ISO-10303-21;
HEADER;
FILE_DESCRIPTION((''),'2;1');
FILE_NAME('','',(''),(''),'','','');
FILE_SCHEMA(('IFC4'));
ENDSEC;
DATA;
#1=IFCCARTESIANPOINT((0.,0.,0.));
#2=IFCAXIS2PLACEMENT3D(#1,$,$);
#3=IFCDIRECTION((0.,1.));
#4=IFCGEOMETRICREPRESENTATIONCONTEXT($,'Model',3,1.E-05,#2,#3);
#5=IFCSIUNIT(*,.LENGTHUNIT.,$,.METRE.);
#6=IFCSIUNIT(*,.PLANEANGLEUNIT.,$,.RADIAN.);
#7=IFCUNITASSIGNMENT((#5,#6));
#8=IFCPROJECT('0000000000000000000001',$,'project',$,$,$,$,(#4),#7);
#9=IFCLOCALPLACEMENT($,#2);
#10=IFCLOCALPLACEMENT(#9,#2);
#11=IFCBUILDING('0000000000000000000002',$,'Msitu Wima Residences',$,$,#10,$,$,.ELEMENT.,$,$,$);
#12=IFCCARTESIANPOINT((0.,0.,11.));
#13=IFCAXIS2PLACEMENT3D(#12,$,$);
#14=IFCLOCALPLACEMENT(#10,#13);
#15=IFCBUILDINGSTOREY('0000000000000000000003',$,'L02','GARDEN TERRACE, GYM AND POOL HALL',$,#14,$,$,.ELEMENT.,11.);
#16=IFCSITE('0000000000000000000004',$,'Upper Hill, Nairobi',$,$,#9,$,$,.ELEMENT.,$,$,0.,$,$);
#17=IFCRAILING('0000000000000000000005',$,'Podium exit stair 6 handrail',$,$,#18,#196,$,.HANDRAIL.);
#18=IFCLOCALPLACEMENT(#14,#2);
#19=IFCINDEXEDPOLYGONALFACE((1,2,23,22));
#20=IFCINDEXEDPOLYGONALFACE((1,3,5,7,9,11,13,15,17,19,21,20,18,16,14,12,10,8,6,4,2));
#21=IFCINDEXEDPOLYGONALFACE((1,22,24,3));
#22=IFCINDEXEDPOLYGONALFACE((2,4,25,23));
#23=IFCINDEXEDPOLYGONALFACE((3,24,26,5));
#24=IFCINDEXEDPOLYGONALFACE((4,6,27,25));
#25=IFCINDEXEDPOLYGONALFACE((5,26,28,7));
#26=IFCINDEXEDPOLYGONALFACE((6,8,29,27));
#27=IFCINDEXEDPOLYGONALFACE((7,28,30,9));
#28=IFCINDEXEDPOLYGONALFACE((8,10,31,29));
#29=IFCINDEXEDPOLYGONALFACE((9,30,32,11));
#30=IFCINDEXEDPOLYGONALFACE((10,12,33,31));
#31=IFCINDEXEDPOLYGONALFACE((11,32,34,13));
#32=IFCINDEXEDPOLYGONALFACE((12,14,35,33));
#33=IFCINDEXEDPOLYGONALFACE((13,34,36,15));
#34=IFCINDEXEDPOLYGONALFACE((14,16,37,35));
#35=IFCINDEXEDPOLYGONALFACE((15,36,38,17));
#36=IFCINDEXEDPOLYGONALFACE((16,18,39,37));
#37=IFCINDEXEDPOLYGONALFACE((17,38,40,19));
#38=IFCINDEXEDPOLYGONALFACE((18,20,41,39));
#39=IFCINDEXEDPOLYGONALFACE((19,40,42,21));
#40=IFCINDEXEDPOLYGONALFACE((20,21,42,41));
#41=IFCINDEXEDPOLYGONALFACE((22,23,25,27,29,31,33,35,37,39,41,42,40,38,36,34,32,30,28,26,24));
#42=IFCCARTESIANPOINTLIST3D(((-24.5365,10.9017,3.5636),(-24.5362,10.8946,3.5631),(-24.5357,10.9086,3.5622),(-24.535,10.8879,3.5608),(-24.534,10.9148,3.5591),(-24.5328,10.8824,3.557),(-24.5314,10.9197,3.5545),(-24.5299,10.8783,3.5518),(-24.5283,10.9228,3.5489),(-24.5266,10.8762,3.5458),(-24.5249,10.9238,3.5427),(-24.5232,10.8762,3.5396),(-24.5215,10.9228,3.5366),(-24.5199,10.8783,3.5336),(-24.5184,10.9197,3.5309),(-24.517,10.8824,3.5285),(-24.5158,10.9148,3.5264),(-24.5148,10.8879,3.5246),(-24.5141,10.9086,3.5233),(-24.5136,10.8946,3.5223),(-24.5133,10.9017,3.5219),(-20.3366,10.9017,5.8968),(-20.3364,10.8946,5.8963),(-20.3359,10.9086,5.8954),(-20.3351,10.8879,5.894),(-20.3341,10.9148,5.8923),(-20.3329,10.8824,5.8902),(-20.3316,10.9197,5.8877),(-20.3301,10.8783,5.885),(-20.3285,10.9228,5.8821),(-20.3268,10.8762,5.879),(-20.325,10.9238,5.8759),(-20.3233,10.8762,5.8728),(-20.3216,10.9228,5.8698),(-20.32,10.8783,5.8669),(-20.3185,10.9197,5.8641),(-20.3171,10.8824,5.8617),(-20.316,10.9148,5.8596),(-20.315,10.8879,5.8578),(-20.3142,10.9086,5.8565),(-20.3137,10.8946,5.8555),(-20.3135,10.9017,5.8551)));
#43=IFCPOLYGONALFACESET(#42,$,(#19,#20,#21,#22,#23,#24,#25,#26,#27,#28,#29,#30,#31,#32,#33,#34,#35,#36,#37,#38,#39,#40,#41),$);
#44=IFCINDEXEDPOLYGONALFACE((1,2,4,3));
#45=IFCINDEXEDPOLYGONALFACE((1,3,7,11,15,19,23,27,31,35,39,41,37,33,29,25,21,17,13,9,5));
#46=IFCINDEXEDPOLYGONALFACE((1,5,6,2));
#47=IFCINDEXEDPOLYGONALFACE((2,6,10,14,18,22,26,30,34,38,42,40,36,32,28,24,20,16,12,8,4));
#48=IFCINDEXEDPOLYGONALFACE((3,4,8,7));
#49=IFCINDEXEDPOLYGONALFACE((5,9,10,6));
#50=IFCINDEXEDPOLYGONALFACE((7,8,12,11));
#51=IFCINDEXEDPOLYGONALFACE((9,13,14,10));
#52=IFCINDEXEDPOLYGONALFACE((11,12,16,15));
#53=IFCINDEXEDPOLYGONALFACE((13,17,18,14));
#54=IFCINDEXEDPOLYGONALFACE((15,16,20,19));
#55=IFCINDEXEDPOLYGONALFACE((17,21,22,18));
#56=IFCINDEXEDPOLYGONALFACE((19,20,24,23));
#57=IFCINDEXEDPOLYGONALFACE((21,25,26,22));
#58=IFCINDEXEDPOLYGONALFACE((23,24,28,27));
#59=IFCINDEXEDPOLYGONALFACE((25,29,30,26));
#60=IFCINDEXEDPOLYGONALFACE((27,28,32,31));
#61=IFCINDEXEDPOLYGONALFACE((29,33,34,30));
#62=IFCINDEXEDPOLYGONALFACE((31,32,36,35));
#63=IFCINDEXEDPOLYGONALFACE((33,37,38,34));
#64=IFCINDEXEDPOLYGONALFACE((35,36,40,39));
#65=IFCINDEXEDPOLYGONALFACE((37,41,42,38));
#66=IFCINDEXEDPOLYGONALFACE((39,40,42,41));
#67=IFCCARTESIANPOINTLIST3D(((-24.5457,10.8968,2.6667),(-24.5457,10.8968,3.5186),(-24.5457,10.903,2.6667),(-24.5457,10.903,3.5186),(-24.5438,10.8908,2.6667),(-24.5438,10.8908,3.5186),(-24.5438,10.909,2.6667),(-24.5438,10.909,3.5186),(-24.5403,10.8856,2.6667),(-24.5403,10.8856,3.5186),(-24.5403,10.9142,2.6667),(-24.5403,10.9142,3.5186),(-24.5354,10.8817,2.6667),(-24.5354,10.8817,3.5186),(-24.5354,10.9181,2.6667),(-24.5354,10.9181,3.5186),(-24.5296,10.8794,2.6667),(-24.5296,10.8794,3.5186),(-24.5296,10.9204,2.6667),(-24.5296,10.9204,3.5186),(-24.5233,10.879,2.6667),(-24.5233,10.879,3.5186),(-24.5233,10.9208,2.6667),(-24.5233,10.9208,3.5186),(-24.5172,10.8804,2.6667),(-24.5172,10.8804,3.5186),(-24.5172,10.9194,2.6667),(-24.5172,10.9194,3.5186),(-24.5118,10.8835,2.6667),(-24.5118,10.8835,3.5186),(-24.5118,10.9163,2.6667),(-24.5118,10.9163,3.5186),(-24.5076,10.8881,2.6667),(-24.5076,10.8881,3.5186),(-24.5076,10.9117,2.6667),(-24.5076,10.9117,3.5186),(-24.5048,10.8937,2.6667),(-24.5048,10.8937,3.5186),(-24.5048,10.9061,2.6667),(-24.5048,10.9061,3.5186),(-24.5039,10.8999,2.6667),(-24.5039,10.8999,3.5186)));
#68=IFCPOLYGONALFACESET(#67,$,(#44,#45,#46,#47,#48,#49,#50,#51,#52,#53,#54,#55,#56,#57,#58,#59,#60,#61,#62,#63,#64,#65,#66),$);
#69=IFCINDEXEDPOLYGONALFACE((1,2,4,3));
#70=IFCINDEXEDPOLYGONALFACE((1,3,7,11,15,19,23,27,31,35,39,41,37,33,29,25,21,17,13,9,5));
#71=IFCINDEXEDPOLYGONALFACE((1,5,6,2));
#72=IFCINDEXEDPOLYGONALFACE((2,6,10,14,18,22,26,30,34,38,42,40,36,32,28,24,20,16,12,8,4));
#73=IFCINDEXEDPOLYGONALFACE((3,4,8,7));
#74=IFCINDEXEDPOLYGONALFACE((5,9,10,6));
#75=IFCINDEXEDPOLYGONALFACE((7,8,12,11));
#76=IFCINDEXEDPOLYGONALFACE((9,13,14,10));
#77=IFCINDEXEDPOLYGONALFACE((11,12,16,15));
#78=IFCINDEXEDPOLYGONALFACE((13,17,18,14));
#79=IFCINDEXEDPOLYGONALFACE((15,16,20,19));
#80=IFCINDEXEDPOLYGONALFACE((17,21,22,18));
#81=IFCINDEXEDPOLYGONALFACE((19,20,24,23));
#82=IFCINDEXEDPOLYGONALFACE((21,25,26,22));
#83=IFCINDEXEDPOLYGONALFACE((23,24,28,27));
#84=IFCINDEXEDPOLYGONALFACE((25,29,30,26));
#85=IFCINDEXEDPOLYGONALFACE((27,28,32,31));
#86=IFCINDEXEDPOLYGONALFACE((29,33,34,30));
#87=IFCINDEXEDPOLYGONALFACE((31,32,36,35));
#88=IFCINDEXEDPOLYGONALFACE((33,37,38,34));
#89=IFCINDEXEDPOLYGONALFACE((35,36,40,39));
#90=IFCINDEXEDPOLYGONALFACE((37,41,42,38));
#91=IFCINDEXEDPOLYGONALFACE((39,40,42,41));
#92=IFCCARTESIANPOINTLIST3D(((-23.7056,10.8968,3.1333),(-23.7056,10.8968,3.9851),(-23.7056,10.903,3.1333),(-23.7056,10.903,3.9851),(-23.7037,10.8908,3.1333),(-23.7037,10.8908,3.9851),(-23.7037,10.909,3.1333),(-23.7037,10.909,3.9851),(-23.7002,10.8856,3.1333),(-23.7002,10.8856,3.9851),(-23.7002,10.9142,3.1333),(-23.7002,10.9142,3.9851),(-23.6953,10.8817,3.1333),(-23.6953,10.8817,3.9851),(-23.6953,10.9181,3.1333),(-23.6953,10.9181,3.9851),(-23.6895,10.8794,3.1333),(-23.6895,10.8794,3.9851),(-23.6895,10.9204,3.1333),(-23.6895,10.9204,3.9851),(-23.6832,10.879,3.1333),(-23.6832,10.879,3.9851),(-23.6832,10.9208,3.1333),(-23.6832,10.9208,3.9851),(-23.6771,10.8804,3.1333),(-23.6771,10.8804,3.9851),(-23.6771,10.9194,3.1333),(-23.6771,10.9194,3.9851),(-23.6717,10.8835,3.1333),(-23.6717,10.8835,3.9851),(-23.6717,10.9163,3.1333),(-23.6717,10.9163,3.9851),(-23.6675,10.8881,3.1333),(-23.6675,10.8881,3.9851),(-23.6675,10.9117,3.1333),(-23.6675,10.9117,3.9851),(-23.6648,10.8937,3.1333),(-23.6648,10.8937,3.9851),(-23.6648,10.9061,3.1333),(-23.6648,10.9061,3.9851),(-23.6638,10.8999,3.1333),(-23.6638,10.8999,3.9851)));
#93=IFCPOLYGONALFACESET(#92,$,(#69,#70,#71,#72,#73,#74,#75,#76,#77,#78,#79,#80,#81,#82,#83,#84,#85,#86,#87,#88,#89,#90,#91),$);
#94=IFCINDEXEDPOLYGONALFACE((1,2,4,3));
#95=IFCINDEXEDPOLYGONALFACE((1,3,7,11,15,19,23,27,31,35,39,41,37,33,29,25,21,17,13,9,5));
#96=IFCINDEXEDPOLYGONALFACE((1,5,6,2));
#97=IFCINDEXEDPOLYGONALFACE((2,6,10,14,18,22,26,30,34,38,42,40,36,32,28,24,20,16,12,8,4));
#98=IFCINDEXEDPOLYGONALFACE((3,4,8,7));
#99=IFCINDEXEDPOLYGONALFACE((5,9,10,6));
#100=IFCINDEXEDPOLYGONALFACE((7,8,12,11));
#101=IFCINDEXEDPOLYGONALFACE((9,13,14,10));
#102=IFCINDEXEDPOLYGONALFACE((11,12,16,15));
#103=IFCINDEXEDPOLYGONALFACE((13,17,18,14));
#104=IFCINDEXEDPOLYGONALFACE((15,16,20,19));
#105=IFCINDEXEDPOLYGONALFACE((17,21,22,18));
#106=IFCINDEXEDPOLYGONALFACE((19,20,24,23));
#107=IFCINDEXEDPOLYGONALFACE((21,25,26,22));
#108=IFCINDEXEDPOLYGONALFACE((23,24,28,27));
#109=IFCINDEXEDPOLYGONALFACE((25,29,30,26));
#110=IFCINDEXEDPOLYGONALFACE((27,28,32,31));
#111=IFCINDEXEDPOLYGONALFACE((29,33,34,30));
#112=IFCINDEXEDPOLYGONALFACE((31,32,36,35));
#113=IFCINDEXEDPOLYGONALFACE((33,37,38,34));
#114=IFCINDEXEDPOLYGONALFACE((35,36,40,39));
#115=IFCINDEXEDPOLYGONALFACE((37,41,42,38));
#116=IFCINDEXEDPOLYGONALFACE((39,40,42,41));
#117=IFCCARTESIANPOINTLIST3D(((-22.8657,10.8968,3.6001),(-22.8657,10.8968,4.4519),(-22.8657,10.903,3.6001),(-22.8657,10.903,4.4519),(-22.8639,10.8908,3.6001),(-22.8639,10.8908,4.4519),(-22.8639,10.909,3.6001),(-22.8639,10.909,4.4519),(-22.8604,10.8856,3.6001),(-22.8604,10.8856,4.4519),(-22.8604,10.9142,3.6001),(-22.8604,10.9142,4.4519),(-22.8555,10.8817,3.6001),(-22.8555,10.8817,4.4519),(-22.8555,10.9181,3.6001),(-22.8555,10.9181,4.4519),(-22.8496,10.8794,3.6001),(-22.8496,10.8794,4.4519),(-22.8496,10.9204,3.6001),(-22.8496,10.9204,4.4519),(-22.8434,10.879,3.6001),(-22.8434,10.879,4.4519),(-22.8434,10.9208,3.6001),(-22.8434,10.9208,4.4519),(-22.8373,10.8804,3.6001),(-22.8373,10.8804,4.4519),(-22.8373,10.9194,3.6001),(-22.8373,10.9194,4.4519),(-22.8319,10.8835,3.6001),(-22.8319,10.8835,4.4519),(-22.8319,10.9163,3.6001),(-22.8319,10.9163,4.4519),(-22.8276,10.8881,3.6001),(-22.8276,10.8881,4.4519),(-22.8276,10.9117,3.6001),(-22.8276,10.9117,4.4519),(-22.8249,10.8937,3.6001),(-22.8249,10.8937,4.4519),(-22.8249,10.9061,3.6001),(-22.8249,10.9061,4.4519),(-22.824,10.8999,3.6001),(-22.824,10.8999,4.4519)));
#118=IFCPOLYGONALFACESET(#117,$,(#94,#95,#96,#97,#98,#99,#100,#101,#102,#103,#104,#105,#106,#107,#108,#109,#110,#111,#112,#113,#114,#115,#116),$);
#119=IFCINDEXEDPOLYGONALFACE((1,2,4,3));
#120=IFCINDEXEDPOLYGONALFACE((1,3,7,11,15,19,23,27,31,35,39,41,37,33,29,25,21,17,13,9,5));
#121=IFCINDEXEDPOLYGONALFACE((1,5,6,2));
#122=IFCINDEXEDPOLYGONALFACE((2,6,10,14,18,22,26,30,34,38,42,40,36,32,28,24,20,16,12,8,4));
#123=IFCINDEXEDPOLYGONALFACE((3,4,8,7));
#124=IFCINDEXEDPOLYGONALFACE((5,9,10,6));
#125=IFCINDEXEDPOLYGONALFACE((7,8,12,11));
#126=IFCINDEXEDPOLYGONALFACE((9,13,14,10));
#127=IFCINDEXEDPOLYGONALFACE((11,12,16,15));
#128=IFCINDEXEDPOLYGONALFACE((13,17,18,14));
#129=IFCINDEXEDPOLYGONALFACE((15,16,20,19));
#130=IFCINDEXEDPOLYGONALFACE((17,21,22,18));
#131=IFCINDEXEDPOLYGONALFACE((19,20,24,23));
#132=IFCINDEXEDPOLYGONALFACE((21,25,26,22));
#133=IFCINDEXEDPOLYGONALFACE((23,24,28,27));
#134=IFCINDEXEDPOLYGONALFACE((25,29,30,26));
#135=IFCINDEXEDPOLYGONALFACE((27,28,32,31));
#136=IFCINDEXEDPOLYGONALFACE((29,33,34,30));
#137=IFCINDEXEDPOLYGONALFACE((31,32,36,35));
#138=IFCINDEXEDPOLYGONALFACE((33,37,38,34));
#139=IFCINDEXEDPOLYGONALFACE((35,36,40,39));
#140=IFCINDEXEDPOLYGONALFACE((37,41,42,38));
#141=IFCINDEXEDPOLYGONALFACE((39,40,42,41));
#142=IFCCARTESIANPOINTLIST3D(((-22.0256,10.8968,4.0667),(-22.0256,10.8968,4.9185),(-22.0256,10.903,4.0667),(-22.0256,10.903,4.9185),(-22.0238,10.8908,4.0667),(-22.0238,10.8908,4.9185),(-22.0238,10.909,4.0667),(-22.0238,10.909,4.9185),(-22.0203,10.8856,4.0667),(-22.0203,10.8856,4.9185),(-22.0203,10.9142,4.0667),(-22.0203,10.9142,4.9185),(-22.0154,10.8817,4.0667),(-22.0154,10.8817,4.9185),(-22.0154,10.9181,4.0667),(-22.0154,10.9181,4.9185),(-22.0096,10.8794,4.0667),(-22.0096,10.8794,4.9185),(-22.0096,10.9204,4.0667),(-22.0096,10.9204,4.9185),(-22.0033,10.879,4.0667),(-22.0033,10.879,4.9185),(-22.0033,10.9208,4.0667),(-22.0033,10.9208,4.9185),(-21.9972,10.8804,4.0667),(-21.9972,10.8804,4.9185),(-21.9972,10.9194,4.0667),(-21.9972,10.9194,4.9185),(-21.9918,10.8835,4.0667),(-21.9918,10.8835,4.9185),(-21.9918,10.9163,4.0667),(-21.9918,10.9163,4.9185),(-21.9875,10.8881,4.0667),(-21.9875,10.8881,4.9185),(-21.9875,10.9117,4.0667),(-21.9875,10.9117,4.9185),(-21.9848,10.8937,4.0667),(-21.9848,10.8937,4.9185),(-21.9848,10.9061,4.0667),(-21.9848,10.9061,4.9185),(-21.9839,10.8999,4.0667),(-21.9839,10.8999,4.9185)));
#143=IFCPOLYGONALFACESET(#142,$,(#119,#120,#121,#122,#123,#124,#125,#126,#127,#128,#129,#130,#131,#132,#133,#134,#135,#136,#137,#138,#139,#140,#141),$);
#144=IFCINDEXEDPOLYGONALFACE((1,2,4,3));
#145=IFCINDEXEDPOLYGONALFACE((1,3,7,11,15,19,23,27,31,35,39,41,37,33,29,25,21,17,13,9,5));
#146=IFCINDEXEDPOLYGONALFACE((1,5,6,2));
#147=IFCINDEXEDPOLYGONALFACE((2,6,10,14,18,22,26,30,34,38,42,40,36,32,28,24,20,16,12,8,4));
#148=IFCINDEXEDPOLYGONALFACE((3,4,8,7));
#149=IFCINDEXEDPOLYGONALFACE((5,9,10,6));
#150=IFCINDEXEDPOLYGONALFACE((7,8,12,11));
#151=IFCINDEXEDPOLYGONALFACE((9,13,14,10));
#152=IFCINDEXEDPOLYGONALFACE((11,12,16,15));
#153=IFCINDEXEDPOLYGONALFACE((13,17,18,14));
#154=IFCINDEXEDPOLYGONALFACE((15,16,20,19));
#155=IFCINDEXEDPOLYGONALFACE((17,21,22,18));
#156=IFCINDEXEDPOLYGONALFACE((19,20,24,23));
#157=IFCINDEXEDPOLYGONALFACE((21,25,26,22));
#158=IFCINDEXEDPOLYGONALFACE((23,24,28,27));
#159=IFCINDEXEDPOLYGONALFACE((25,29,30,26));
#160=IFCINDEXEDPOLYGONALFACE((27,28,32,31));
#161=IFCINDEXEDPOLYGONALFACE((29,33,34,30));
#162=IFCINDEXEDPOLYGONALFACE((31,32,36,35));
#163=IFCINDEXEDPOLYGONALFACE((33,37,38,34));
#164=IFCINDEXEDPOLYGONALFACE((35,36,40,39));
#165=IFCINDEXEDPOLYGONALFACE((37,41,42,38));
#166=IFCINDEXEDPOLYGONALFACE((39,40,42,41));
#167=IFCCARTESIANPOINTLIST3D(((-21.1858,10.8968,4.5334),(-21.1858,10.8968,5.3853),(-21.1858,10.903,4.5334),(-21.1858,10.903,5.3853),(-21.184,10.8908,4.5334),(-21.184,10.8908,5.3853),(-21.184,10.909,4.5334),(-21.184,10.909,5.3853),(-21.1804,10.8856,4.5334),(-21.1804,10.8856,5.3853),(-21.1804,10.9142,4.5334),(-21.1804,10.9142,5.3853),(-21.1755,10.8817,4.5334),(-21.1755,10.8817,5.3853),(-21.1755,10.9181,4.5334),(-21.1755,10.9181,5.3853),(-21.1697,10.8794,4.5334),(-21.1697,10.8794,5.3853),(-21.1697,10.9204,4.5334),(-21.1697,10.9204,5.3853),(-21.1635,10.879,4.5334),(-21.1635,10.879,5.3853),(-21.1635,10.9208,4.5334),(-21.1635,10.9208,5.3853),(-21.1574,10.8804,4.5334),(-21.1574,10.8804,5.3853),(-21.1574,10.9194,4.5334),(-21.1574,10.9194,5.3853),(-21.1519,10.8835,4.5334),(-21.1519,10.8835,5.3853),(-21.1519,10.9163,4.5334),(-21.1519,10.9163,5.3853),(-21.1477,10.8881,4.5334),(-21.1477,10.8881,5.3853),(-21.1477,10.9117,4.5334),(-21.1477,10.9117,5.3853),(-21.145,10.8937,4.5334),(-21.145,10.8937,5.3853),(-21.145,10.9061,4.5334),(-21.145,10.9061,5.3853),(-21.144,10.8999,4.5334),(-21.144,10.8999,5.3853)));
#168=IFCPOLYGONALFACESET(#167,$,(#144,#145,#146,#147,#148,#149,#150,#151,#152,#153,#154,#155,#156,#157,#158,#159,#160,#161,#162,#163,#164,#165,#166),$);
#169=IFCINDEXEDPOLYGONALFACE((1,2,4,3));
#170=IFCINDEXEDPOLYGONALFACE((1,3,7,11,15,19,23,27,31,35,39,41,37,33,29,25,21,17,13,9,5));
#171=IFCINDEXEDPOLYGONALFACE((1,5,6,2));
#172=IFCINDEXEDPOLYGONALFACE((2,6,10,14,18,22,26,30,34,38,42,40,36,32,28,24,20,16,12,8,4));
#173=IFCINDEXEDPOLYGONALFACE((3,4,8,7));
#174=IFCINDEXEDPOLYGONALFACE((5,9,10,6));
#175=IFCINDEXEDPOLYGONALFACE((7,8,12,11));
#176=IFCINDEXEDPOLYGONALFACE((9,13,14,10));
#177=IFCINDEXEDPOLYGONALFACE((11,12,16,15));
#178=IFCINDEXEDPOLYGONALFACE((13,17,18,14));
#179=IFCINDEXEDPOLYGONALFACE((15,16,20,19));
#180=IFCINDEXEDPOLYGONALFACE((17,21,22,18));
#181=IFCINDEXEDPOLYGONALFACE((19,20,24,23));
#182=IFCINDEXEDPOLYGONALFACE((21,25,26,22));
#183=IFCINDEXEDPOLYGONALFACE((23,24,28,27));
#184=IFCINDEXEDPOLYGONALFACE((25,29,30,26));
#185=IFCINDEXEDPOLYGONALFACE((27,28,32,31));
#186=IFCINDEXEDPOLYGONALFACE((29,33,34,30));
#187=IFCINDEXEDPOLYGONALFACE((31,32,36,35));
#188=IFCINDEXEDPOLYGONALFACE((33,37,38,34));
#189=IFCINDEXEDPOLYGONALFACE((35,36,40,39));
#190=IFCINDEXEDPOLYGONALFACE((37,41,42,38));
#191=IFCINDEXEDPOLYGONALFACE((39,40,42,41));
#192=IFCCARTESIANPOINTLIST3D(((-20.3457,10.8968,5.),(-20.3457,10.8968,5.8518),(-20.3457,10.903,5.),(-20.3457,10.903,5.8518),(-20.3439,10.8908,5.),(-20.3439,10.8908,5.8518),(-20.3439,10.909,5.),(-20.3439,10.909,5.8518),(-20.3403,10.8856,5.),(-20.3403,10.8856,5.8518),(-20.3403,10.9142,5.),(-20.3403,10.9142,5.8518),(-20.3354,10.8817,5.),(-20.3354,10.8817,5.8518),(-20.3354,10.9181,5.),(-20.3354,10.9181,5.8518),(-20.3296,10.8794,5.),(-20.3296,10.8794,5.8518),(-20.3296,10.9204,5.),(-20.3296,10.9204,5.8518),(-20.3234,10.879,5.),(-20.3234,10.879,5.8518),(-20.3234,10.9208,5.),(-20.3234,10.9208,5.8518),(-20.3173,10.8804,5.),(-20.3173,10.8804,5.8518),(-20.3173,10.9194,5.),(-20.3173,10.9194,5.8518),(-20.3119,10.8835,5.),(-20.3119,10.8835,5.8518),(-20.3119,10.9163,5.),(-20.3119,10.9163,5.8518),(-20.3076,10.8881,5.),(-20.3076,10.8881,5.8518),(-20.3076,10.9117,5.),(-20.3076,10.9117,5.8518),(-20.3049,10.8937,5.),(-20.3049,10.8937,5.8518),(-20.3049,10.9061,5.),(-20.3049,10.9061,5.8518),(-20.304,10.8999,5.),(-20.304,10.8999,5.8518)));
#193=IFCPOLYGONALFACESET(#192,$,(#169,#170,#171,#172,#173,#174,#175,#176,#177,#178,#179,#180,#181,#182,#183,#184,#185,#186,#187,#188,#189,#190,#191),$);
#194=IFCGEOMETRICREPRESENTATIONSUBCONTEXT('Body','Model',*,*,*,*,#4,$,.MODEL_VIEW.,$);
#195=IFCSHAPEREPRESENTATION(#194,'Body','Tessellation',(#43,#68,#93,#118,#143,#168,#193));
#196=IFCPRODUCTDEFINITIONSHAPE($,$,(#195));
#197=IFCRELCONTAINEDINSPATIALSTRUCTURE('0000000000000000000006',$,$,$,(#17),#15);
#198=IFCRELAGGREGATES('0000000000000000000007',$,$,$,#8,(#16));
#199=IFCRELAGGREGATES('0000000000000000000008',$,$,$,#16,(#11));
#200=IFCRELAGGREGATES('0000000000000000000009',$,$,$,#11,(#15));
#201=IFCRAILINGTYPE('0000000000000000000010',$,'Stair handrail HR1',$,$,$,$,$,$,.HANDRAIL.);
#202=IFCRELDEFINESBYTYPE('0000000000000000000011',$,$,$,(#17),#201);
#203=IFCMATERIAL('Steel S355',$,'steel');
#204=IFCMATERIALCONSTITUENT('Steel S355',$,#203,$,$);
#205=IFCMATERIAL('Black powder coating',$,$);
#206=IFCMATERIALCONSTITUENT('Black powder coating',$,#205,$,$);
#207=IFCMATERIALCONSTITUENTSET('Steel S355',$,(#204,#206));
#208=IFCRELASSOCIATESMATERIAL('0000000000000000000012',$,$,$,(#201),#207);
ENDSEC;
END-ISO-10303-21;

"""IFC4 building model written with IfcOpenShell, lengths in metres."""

from ifc_helpers import new_model, si_unit, direction, frame, origin, origin_2d, place, context, subcontext, project, spatial, circle, extrude, material, constituent, constituent_set, type_object, element, save


model = new_model("IFC4")

# Units and contexts
model_context = context("Model", 3, precision=1e-05, world=origin(), true_north=direction((0.0, 1.0)))
body_context = subcontext(model_context, "Body", "Model", "MODEL_VIEW")
ifc_project = project(units=[si_unit("LENGTHUNIT", "METRE"), si_unit("PLANEANGLEUNIT", "RADIAN")], contexts=[model_context])

# Site, building, storey
site_placement = place(None, origin())
site = spatial("IfcSite", under=ifc_project, at=site_placement, Name="Upper Hill, Nairobi", CompositionType="ELEMENT", RefElevation=0.0)
building_placement = place(site_placement, origin())
building = spatial("IfcBuilding", under=site, at=building_placement, Name="Msitu Wima Residences", CompositionType="ELEMENT")
storey_placement = place(building_placement, frame((0.0, 0.0, 11.0)))
storey = spatial("IfcBuildingStorey", under=building, at=storey_placement, Name="L02", Description="GARDEN TERRACE, GYM AND POOL HALL", CompositionType="ELEMENT", Elevation=11.0)

# Railing
ifc_material_1 = material(Name="Steel S355", Category="steel")
ifc_constituent_1 = constituent(ifc_material_1, Name="Steel S355")
ifc_material_2 = material(Name="Black powder coating")
ifc_constituent_2 = constituent(ifc_material_2, Name="Black powder coating")
ifc_constituent_set = constituent_set(constituents=[ifc_constituent_1, ifc_constituent_2], Name="Steel S355")
railing_type = type_object("IfcRailingType", Name="Stair handrail HR1", PredefinedType="HANDRAIL", material=ifc_constituent_set)
for number, where, name in (
    (1, (-24.5249, 10.8999, 2.6667), "Podium exit stair 6 handrail"),
):
    element("IfcRailing", number, at=place(storey_placement, frame(where)), inside=storey, type_object=railing_type, Name=name, PredefinedType="HANDRAIL", context=body_context, shape_type="SweptSolid", body=[
        extrude(circle(Radius=0.0239, at=origin_2d()), frame((0.0, 0.0, 0.876), z_axis=(0.874162, 0.0, 0.485634), x_axis=(0.0, 1.0, 0.0)), (0.0, 0.0, 1.0), 4.8044),
        extrude(circle(Radius=0.021, at=origin_2d()), origin(), (0.0, 0.0, 1.0), 0.8518),
        extrude(circle(Radius=0.021, at=origin_2d()), frame((0.8401, 0.0, 0.4666)), (0.0, 0.0, 1.0), 0.8518),
        extrude(circle(Radius=0.021, at=origin_2d()), frame((1.6799, 0.0, 0.9333)), (0.0, 0.0, 1.0), 0.8518),
        extrude(circle(Radius=0.021, at=origin_2d()), frame((2.52, 0.0, 1.3999)), (0.0, 0.0, 1.0), 0.8518),
        extrude(circle(Radius=0.021, at=origin_2d()), frame((3.3599, 0.0, 1.8667)), (0.0, 0.0, 1.0), 0.8518),
        extrude(circle(Radius=0.021, at=origin_2d()), frame((4.2, 0.0, 2.3333)), (0.0, 0.0, 1.0), 0.8518),
    ])

save(model, "model.ifc")
